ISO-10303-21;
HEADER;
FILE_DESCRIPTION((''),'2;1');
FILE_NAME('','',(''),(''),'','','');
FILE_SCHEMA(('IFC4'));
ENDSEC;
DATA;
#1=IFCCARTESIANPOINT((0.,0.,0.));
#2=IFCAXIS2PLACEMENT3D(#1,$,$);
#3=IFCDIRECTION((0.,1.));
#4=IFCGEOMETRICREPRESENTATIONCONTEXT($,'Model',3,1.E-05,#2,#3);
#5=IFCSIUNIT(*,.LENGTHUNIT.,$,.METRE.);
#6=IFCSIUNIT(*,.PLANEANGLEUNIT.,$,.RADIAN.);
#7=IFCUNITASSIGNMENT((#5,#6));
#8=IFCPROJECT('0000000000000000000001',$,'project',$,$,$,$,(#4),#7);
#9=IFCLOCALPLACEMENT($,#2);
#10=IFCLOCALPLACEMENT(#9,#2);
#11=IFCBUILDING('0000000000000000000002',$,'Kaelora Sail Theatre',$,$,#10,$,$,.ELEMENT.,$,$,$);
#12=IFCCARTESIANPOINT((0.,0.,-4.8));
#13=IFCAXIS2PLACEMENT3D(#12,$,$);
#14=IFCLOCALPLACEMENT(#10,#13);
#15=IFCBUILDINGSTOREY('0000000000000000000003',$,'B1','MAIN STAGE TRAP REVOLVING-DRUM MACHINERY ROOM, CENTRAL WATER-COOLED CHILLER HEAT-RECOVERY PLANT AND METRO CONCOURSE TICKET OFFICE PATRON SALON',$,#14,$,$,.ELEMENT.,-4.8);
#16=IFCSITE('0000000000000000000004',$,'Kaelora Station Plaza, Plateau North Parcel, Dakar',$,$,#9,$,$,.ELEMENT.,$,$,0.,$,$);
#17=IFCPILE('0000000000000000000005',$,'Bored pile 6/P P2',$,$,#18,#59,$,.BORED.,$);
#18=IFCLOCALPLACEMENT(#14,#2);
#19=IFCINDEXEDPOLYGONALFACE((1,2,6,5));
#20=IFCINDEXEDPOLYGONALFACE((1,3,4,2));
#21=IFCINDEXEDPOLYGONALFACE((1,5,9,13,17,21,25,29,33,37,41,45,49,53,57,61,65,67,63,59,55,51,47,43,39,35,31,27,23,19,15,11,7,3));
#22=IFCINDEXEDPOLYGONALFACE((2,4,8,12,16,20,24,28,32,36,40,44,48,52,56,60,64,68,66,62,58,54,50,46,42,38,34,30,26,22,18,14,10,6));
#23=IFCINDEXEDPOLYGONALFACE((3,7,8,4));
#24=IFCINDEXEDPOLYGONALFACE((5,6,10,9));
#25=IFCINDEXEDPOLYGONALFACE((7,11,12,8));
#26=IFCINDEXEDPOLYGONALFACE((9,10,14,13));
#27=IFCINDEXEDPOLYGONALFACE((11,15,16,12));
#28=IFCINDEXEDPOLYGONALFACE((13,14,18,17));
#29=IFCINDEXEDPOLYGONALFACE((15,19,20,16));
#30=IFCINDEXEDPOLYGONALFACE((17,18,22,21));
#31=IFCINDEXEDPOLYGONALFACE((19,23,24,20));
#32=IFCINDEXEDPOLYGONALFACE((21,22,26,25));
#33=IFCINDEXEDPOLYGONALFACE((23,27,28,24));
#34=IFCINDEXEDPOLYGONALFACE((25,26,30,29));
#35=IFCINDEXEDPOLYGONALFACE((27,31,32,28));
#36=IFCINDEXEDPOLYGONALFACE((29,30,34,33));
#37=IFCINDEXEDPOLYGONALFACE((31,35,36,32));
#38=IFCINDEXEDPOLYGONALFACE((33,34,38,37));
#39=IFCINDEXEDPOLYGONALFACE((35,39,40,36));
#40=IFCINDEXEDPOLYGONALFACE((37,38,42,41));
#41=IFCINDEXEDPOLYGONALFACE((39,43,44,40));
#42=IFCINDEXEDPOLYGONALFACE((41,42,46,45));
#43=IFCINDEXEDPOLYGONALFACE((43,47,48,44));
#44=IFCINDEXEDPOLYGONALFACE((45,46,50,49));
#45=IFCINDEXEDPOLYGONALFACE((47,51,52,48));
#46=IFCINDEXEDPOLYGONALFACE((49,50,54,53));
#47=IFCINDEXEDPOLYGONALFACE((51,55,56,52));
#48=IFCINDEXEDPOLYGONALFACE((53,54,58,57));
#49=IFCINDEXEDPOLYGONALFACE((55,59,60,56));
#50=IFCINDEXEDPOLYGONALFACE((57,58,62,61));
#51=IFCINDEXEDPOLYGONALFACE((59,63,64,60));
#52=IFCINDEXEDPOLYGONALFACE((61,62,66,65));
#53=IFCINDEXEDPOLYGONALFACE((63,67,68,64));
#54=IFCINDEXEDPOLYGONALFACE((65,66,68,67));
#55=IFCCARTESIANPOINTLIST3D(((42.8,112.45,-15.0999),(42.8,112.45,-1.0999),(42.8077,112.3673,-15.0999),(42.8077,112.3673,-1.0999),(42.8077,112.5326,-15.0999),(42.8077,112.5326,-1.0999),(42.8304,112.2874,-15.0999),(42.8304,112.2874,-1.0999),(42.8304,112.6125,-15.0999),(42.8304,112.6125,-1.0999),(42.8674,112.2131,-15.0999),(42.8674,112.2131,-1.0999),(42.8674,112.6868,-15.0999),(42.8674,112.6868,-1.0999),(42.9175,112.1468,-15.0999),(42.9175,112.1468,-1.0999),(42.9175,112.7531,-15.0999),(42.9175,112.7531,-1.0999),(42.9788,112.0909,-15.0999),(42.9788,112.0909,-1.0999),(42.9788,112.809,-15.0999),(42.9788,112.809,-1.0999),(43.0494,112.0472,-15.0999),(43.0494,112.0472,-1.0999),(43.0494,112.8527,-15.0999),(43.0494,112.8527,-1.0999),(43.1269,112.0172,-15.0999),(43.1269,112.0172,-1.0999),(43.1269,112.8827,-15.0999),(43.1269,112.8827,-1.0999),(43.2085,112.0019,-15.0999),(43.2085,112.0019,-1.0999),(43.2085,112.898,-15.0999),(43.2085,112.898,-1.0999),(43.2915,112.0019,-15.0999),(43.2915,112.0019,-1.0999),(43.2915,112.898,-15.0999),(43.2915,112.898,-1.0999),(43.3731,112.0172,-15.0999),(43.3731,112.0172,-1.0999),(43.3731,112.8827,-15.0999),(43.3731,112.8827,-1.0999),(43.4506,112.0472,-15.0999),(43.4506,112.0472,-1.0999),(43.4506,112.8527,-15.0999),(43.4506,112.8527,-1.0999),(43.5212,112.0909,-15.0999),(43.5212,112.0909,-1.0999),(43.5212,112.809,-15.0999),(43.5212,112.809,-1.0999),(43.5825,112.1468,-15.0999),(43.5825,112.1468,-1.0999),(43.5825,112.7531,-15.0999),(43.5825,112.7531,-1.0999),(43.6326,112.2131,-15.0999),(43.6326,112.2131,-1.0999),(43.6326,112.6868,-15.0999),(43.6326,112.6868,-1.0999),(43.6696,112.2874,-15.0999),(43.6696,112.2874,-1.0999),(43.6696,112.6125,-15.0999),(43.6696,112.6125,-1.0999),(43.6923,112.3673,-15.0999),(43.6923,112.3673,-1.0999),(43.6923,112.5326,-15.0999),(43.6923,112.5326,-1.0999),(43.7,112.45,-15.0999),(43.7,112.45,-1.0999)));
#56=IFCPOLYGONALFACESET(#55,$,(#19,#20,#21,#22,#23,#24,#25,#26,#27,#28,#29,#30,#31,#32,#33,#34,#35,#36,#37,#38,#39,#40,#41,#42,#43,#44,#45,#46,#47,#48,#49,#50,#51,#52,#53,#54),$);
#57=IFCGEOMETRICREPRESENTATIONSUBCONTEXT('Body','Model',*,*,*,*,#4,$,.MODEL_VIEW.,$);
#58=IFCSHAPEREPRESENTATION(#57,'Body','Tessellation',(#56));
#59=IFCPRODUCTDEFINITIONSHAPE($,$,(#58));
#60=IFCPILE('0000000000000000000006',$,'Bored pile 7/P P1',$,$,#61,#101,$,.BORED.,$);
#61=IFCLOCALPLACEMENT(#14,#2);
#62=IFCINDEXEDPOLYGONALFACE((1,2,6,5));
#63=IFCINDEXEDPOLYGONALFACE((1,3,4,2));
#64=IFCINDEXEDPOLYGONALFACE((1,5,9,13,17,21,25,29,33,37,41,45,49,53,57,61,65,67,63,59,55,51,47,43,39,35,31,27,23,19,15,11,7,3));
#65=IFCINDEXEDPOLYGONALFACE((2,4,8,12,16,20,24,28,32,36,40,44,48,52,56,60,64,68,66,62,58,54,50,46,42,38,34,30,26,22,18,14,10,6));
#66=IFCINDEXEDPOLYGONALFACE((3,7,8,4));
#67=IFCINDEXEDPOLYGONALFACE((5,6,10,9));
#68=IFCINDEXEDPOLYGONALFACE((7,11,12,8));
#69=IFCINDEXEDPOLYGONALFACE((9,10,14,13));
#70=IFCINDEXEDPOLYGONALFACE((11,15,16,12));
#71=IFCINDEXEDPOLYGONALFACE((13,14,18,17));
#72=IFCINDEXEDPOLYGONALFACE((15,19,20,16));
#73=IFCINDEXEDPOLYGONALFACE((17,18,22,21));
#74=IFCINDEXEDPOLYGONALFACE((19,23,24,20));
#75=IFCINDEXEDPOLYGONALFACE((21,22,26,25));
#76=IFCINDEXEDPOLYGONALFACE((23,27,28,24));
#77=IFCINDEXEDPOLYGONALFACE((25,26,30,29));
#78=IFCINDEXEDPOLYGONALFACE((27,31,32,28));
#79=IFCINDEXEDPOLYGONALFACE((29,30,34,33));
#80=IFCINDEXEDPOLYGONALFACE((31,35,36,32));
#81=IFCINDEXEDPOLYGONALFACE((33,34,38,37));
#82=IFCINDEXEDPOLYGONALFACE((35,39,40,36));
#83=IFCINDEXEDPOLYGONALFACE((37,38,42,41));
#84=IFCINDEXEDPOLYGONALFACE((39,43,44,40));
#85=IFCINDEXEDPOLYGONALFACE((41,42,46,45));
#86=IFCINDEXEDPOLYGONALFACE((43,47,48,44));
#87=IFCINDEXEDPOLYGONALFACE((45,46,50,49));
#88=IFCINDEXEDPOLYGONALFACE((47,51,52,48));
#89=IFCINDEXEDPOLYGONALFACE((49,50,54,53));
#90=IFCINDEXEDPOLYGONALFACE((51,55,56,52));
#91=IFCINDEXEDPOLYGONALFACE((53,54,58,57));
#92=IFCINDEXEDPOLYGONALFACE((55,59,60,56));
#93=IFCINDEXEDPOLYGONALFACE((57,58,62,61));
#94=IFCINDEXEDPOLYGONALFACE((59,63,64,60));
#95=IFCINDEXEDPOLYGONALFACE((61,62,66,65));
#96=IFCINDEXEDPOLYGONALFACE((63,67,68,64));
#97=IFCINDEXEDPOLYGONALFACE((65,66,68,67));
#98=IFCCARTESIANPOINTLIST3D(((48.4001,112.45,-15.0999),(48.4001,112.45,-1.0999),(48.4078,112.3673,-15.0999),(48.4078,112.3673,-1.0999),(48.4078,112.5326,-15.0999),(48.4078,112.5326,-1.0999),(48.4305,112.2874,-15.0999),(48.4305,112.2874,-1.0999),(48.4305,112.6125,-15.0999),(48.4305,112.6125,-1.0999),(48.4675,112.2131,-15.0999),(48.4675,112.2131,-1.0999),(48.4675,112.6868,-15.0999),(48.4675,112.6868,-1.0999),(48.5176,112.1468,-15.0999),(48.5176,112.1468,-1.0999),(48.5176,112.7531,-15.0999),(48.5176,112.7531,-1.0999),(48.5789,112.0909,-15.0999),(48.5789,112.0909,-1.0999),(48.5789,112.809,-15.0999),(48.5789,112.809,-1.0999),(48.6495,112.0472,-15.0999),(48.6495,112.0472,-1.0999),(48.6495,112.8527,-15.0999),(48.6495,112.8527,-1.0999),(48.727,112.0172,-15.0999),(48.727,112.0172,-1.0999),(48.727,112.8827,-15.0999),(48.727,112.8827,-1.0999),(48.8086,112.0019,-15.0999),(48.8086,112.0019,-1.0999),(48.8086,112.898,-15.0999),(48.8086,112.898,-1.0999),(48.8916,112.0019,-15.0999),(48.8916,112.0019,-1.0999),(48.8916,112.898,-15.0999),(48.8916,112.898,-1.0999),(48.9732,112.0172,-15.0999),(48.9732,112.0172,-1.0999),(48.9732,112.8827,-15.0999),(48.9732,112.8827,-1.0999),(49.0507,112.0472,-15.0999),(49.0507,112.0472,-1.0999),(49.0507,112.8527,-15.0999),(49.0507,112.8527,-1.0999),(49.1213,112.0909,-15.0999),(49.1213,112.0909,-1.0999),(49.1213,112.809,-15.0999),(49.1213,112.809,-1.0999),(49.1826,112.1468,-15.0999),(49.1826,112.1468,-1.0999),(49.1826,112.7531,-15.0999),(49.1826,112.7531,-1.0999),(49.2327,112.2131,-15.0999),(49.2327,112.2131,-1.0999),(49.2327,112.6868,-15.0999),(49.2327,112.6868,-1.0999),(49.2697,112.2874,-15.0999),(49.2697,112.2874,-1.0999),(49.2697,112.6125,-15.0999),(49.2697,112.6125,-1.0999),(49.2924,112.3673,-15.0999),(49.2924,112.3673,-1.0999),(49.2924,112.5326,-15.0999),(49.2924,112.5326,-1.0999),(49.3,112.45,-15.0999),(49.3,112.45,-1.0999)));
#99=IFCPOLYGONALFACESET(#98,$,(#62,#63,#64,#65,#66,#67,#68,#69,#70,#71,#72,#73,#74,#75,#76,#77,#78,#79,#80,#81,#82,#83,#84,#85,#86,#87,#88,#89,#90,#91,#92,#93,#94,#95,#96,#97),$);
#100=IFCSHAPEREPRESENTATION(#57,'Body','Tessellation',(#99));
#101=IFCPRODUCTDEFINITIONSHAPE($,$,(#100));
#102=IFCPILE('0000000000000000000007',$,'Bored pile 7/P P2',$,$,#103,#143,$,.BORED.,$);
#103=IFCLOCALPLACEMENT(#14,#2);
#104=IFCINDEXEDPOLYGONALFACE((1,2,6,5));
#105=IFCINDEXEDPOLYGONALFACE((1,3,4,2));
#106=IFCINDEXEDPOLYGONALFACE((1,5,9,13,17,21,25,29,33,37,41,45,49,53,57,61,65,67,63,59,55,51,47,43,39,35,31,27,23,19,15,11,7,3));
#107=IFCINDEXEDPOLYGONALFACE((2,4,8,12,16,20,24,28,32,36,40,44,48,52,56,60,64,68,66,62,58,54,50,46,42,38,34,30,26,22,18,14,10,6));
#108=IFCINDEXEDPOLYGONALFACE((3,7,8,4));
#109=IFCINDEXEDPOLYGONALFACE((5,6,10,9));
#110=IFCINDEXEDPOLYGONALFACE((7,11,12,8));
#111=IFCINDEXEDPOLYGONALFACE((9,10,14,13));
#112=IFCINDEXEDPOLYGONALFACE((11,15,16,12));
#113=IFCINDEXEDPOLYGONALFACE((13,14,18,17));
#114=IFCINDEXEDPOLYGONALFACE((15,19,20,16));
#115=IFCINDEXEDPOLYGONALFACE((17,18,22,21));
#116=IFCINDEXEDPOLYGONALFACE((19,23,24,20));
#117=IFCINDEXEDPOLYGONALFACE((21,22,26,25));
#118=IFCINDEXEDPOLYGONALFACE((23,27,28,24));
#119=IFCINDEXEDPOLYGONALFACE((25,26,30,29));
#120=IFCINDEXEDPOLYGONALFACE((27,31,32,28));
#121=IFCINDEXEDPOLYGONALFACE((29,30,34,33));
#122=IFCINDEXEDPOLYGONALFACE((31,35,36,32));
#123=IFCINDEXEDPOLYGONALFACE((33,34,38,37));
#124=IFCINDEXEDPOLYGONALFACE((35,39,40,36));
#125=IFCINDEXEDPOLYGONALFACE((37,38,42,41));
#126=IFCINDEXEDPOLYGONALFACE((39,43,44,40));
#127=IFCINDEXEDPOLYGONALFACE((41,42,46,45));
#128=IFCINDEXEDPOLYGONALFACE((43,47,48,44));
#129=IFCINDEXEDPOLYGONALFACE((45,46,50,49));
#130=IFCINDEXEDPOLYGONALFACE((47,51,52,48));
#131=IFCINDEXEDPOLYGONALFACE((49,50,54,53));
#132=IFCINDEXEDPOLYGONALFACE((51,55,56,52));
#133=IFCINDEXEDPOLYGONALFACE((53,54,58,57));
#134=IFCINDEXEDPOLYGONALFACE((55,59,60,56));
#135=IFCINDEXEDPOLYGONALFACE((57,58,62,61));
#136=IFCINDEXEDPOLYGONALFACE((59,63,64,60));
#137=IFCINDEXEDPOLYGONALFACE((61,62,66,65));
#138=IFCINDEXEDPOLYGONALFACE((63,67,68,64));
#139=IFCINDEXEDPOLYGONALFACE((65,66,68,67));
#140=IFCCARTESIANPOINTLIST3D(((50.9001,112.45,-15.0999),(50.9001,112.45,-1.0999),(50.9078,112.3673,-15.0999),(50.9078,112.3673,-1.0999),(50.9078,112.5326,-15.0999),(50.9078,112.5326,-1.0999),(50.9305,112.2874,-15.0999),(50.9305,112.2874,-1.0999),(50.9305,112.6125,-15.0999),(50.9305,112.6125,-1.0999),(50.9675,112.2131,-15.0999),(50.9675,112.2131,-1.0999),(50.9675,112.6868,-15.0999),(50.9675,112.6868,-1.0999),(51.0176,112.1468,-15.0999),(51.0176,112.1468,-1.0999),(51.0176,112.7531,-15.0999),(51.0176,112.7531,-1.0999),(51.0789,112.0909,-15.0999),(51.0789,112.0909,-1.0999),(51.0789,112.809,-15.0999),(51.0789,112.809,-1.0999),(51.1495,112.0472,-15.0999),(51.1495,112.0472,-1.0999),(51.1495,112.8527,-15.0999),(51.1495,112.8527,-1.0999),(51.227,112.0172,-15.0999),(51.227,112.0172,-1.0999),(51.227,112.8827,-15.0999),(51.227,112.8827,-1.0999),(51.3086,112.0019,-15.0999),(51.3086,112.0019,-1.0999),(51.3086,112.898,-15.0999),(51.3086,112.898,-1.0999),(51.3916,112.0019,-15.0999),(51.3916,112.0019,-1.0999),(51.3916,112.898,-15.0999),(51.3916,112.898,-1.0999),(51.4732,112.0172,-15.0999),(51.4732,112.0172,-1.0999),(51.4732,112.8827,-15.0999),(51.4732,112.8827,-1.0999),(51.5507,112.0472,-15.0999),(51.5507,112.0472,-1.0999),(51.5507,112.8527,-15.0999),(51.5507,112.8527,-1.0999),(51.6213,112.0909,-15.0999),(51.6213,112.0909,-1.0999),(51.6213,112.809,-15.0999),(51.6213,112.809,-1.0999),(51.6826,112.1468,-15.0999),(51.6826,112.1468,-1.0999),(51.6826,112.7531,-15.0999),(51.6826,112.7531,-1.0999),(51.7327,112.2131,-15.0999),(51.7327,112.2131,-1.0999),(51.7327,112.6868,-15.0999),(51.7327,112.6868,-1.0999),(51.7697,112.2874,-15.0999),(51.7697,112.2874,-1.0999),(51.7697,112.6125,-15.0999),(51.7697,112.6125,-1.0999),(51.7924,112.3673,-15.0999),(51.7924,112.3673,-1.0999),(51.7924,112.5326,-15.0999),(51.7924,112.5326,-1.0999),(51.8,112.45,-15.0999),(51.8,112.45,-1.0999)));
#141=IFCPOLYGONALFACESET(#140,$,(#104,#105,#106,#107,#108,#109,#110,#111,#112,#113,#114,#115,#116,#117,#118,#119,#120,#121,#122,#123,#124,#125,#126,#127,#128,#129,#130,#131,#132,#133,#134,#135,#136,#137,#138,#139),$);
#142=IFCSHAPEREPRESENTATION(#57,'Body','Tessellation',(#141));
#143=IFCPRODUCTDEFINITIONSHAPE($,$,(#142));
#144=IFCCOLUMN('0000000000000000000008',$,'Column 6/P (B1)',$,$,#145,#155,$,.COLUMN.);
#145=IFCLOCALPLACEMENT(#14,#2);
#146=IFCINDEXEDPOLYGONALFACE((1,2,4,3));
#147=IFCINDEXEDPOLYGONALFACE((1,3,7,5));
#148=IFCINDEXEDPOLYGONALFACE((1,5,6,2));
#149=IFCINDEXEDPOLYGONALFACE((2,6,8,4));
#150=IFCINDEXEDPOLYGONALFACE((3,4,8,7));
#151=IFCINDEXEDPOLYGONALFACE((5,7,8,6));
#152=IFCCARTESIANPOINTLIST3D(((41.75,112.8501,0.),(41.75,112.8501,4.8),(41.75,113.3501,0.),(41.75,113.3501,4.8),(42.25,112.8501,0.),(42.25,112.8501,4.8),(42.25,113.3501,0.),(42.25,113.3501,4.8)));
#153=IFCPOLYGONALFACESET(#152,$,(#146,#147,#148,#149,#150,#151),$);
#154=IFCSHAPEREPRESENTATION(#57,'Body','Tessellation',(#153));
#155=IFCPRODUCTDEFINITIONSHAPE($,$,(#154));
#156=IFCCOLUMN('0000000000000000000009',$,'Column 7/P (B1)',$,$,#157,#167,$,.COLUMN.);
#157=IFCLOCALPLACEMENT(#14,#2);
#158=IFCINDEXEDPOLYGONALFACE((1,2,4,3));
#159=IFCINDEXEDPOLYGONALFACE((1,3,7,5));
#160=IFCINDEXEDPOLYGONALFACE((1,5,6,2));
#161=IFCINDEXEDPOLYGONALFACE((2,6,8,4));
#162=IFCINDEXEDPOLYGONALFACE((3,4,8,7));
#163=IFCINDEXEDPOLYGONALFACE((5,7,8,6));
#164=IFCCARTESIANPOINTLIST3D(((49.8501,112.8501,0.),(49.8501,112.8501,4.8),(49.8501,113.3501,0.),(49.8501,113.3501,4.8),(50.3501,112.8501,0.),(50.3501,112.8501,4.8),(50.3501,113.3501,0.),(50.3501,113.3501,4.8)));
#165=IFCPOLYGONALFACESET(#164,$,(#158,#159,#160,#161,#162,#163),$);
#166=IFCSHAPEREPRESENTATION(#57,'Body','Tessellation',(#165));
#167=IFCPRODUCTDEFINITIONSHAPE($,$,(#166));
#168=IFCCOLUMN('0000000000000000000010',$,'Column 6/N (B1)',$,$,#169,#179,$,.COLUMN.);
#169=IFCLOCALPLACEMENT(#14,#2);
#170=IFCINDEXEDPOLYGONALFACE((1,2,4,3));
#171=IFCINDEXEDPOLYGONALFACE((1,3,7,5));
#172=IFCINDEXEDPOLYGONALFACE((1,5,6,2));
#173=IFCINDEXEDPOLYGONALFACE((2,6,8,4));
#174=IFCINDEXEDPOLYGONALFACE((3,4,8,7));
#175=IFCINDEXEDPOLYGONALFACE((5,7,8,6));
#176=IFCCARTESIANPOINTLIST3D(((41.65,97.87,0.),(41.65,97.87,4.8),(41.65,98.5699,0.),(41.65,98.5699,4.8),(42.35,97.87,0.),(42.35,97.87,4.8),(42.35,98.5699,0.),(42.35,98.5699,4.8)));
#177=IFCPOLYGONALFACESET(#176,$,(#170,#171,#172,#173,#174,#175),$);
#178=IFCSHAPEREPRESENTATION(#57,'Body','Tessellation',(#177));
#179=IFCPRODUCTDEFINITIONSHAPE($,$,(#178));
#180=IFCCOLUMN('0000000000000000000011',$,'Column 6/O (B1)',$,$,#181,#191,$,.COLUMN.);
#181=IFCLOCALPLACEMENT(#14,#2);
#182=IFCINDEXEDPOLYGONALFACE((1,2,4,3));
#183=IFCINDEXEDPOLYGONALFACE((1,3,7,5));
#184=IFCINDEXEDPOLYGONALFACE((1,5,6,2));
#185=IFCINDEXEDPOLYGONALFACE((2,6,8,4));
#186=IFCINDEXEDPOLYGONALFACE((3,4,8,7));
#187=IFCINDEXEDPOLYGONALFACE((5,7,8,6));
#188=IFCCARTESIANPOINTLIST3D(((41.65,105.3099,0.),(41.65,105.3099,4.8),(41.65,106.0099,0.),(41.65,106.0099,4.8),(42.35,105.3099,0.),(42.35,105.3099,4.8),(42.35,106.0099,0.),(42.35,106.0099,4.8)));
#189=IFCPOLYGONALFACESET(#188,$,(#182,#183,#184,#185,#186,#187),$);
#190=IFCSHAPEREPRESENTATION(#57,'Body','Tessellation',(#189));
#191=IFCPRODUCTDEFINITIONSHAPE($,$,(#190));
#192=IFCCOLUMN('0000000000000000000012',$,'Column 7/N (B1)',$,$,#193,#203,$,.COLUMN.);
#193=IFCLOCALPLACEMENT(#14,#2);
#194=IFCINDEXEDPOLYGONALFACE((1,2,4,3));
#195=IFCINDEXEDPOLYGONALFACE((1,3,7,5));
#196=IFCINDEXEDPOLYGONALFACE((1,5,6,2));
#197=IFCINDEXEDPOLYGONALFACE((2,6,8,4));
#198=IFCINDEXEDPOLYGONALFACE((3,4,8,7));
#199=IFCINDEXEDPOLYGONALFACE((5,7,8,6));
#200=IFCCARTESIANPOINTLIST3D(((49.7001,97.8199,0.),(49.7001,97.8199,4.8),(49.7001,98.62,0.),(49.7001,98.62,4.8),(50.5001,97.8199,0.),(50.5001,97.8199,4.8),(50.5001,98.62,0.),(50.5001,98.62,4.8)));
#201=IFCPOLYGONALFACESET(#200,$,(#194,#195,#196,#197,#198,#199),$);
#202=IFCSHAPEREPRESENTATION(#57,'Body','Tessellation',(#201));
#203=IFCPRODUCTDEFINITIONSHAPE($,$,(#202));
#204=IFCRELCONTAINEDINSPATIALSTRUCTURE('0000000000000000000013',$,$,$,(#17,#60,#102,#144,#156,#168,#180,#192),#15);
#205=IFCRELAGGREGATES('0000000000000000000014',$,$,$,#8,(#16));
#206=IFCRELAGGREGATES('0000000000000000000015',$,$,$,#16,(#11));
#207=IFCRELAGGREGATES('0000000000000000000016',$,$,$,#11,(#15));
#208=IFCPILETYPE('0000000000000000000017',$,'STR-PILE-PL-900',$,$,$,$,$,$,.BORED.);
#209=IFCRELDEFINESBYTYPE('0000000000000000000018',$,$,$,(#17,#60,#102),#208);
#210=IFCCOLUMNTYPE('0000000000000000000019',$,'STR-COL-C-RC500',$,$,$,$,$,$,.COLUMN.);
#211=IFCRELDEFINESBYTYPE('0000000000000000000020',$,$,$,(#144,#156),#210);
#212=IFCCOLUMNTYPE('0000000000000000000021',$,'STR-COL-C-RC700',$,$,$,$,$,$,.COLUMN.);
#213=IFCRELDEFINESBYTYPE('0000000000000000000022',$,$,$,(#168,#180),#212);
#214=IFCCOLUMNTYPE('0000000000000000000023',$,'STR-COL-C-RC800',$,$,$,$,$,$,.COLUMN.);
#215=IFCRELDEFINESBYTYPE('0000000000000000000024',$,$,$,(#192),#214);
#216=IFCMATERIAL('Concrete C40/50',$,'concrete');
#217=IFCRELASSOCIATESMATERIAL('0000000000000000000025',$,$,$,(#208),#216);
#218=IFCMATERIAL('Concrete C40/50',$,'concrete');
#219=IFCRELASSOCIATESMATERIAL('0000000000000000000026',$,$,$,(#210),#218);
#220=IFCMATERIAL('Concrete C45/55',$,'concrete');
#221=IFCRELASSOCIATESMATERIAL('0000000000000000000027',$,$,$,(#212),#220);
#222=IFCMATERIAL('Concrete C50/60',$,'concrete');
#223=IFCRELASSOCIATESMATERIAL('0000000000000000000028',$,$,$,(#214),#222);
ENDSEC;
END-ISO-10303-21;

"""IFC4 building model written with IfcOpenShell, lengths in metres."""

from ifc_helpers import new_model, si_unit, direction, frame, origin, origin_2d, place, context, subcontext, project, spatial, rectangle, circle, extrude, material, material_profile, profile_set, type_object, element, save


model = new_model("IFC4")

# Units and contexts
model_context = context("Model", 3, precision=1e-05, world=origin(), true_north=direction((0.0, 1.0)))
body_context = subcontext(model_context, "Body", "Model", "MODEL_VIEW")
ifc_project = project(units=[si_unit("LENGTHUNIT", "METRE"), si_unit("PLANEANGLEUNIT", "RADIAN")], contexts=[model_context])

# Site, building, storey
site_placement = place(None, origin())
site = spatial("IfcSite", under=ifc_project, at=site_placement, Name="Kaelora Station Plaza, Plateau North Parcel, Dakar", CompositionType="ELEMENT", RefElevation=0.0)
building_placement = place(site_placement, origin())
building = spatial("IfcBuilding", under=site, at=building_placement, Name="Kaelora Sail Theatre", CompositionType="ELEMENT")
storey_placement = place(building_placement, frame((0.0, 0.0, -4.8)))
storey = spatial("IfcBuildingStorey", under=building, at=storey_placement, Name="B1", Description="MAIN STAGE TRAP REVOLVING-DRUM MACHINERY ROOM, CENTRAL WATER-COOLED CHILLER HEAT-RECOVERY PLANT AND METRO CONCOURSE TICKET OFFICE PATRON SALON", CompositionType="ELEMENT", Elevation=-4.8)

# Piles
ifc_material_1 = material(Name="Concrete C40/50", Category="concrete")
ifc_material_profile_1 = material_profile(ifc_material_1, circle(Radius=0.45, at=origin_2d()), Name="PILE D900")
ifc_profile_set_1 = profile_set([ifc_material_profile_1], Name="Concrete C40/50")
pile_type_1 = type_object("IfcPileType", Name="STR-PILE-PL-900", PredefinedType="BORED", material=ifc_profile_set_1)
for number, where, z_axis, x_axis, name in (
    (1, (43.25, 112.45, -1.0999), (0.0, 0.0, -1.0), (1.0, 0.0, 0.0), "Bored pile 6/P P2"),
    (2, (48.8501, 112.45, -1.0999), (0.0, 0.0, -1.0), (1.0, 0.0, 0.0), "Bored pile 7/P P1"),
    (3, (51.3501, 112.45, -1.0999), (0.0, 0.0, -1.0), (1.0, 0.0, 0.0), "Bored pile 7/P P2"),
):
    element("IfcPile", number, at=place(storey_placement, frame(where, z_axis=z_axis, x_axis=x_axis)), inside=storey, type_object=pile_type_1, Name=name, PredefinedType="BORED", context=body_context, shape_type="SweptSolid", body=[
        extrude(circle(Radius=0.45, at=origin_2d()), origin(), (0.0, 0.0, 1.0), 14.0),
    ])

# Columns
ifc_material_2 = material(Name="Concrete C40/50", Category="concrete")
ifc_material_profile_2 = material_profile(ifc_material_2, rectangle(XDim=0.5, YDim=0.5, at=origin_2d()), Name="RC-COL 500x500")
ifc_profile_set_2 = profile_set([ifc_material_profile_2], Name="Concrete C40/50")
column_type_1 = type_object("IfcColumnType", Name="STR-COL-C-RC500", PredefinedType="COLUMN", material=ifc_profile_set_2)
for number, where, z_axis, x_axis, name in (
    (4, (42.0, 113.1001, 0.0), (0.0, 0.0, 1.0), (1.0, 0.0, 0.0), "Column 6/P (B1)"),
    (5, (50.1001, 113.1001, 0.0), (0.0, 0.0, 1.0), (1.0, 0.0, 0.0), "Column 7/P (B1)"),
):
    element("IfcColumn", number, at=place(storey_placement, frame(where, z_axis=z_axis, x_axis=x_axis)), inside=storey, type_object=column_type_1, Name=name, PredefinedType="COLUMN", context=body_context, shape_type="SweptSolid", body=[
        extrude(rectangle(XDim=0.5, YDim=0.5, at=origin_2d()), origin(), (0.0, 0.0, 1.0), 4.8),
    ])
ifc_material_3 = material(Name="Concrete C45/55", Category="concrete")
ifc_material_profile_3 = material_profile(ifc_material_3, rectangle(XDim=0.7, YDim=0.7, at=origin_2d()), Name="RC-COL 700x700")
ifc_profile_set_3 = profile_set([ifc_material_profile_3], Name="Concrete C45/55")
column_type_2 = type_object("IfcColumnType", Name="STR-COL-C-RC700", PredefinedType="COLUMN", material=ifc_profile_set_3)
for number, where, z_axis, x_axis, name in (
    (6, (42.0, 98.22, 0.0), (0.0, 0.0, 1.0), (1.0, 0.0, 0.0), "Column 6/N (B1)"),
    (7, (42.0, 105.6599, 0.0), (0.0, 0.0, 1.0), (1.0, 0.0, 0.0), "Column 6/O (B1)"),
):
    element("IfcColumn", number, at=place(storey_placement, frame(where, z_axis=z_axis, x_axis=x_axis)), inside=storey, type_object=column_type_2, Name=name, PredefinedType="COLUMN", context=body_context, shape_type="SweptSolid", body=[
        extrude(rectangle(XDim=0.7, YDim=0.7, at=origin_2d()), origin(), (0.0, 0.0, 1.0), 4.8),
    ])
ifc_material_4 = material(Name="Concrete C50/60", Category="concrete")
ifc_material_profile_4 = material_profile(ifc_material_4, rectangle(XDim=0.8, YDim=0.8, at=origin_2d()), Name="RC-COL 800x800")
ifc_profile_set_4 = profile_set([ifc_material_profile_4], Name="Concrete C50/60")
column_type_3 = type_object("IfcColumnType", Name="STR-COL-C-RC800", PredefinedType="COLUMN", material=ifc_profile_set_4)
for number, where, z_axis, x_axis, name in (
    (8, (50.1001, 98.22, 0.0), (0.0, 0.0, 1.0), (1.0, 0.0, 0.0), "Column 7/N (B1)"),
):
    element("IfcColumn", number, at=place(storey_placement, frame(where, z_axis=z_axis, x_axis=x_axis)), inside=storey, type_object=column_type_3, Name=name, PredefinedType="COLUMN", context=body_context, shape_type="SweptSolid", body=[
        extrude(rectangle(XDim=0.8, YDim=0.8, at=origin_2d()), origin(), (0.0, 0.0, 1.0), 4.8),
    ])

save(model, "model.ifc")
